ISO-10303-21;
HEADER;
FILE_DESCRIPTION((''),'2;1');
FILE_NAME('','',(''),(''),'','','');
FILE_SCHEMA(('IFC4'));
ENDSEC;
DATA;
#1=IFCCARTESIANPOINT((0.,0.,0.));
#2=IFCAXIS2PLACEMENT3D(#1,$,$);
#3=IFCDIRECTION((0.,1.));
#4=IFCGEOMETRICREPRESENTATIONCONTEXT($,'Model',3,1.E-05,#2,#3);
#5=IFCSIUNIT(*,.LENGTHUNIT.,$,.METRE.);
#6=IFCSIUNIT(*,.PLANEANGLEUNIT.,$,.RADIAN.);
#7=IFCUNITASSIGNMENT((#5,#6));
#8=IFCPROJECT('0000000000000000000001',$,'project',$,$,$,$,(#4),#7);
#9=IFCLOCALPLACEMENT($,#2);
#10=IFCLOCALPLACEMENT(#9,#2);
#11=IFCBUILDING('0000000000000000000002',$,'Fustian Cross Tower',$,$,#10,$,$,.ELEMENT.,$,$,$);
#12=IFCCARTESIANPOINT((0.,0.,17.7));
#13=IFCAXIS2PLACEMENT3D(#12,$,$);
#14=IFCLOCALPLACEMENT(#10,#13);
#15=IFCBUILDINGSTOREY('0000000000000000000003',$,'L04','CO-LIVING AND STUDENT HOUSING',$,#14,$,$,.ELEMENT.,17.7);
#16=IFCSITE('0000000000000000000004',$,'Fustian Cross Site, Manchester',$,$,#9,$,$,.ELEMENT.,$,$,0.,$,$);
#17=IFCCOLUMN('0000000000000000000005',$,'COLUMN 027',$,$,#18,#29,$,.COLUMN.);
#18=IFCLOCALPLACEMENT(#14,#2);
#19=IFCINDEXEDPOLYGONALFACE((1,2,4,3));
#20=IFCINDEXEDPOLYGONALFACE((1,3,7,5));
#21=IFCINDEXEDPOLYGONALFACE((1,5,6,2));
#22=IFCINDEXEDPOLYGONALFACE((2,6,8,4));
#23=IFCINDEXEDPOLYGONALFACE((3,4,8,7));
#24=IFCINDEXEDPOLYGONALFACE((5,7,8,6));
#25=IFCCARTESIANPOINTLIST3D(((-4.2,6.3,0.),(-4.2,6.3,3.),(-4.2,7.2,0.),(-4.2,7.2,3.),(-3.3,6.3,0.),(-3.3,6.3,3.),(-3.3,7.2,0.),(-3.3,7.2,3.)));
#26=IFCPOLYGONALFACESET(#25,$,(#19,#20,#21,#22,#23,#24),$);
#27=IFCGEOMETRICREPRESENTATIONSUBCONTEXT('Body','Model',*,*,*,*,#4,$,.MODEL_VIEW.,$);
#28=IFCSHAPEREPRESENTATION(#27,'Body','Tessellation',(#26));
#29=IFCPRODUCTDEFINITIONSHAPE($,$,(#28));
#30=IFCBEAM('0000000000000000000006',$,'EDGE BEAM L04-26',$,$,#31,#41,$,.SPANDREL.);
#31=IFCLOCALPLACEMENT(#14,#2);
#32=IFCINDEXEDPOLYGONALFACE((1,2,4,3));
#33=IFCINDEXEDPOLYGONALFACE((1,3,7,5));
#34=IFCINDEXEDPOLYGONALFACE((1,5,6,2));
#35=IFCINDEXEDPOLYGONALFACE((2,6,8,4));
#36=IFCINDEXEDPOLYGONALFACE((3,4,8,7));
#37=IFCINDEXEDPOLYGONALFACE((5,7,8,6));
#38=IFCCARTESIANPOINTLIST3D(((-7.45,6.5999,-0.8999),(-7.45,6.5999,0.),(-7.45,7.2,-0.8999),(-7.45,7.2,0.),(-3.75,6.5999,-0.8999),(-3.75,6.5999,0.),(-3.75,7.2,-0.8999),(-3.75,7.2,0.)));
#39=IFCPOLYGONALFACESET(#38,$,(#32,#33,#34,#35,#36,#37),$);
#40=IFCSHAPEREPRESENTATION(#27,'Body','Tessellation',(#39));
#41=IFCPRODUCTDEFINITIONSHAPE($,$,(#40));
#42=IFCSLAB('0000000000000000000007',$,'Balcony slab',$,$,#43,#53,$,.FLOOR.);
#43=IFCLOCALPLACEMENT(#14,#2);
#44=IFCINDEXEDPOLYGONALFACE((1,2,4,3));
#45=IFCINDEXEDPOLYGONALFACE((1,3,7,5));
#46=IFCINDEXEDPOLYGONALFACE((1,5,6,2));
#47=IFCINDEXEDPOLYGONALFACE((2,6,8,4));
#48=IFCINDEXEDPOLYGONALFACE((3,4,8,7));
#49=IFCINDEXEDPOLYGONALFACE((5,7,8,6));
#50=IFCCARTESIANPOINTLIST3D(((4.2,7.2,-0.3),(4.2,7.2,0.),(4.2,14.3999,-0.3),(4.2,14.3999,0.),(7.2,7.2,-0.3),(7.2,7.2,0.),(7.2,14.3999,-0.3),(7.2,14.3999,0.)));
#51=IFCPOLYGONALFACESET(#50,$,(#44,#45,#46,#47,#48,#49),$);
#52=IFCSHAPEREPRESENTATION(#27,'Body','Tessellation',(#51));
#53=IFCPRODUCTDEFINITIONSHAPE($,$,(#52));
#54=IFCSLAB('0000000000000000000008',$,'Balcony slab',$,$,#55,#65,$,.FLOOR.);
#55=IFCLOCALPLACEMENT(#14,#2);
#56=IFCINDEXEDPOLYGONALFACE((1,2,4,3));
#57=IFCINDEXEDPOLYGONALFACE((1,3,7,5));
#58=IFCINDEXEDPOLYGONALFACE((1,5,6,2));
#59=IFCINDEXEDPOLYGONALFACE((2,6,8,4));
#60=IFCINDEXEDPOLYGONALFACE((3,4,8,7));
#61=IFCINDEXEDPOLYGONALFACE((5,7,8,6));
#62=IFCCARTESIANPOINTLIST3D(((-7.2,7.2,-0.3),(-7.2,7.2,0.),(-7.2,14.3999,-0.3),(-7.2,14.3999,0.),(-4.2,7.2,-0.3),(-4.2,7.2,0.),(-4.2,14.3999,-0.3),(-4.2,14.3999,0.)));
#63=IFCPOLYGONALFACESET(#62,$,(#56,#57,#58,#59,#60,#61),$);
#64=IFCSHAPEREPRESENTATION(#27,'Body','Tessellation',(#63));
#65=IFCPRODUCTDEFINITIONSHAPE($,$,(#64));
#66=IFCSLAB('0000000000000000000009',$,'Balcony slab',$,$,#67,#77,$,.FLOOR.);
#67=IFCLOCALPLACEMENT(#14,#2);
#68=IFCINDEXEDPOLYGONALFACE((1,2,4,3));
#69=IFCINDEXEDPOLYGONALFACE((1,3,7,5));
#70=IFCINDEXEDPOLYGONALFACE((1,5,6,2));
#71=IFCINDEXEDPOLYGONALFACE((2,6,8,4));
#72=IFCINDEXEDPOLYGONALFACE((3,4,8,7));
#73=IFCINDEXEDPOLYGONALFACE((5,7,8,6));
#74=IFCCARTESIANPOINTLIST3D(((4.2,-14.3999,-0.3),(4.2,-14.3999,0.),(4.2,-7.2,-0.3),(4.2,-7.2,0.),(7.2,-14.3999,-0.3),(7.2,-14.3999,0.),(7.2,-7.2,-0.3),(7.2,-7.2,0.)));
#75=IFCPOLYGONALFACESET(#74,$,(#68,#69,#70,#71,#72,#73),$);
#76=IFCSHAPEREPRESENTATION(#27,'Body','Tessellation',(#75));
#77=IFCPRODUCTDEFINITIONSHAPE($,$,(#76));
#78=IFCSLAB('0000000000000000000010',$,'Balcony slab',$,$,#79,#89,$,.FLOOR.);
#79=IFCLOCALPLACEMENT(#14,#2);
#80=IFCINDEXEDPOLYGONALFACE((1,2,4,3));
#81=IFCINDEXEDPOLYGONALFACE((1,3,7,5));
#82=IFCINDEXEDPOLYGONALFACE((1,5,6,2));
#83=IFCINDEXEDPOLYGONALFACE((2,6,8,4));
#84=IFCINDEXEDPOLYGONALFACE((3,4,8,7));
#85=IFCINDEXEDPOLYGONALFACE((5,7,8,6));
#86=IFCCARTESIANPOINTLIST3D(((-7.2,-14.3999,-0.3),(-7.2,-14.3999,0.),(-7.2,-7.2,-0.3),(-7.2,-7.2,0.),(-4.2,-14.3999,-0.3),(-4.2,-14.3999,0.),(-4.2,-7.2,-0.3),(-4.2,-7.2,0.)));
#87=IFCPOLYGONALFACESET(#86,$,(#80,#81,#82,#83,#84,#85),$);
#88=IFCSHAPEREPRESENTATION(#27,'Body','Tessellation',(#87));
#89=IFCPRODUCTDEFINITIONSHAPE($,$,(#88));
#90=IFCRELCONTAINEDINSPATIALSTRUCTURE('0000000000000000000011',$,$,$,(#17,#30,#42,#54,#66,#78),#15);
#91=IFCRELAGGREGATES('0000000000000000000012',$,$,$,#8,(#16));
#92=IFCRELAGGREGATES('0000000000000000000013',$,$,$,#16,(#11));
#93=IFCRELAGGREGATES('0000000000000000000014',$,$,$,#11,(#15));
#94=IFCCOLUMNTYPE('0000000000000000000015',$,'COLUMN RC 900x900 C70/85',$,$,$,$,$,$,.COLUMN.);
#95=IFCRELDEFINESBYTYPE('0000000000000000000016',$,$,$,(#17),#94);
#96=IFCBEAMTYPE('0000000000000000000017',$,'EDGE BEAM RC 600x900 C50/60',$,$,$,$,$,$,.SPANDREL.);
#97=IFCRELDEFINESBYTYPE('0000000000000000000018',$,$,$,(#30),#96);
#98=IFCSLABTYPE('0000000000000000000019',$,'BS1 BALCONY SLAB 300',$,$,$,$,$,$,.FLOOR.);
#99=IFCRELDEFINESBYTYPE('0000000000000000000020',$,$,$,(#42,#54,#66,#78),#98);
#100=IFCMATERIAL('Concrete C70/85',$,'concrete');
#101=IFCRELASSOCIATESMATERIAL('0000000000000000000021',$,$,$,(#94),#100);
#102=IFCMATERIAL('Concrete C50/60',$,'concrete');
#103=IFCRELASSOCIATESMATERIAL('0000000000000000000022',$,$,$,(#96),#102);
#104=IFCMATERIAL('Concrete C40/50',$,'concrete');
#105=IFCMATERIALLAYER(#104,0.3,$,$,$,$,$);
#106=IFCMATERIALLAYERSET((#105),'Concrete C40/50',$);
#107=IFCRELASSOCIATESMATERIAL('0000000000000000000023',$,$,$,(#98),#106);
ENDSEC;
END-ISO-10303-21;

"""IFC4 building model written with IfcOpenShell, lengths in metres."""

from ifc_helpers import new_model, si_unit, direction, frame, origin, origin_2d, place, context, subcontext, project, spatial, polyline, rectangle, outline, extrude, material, layer, layer_set, material_profile, profile_set, type_object, element, save


model = new_model("IFC4")

# Units and contexts
model_context = context("Model", 3, precision=1e-05, world=origin(), true_north=direction((0.0, 1.0)))
body_context = subcontext(model_context, "Body", "Model", "MODEL_VIEW")
ifc_project = project(units=[si_unit("LENGTHUNIT", "METRE"), si_unit("PLANEANGLEUNIT", "RADIAN")], contexts=[model_context])

# Site, building, storey
site_placement = place(None, origin())
site = spatial("IfcSite", under=ifc_project, at=site_placement, Name="Fustian Cross Site, Manchester", CompositionType="ELEMENT", RefElevation=0.0)
building_placement = place(site_placement, origin())
building = spatial("IfcBuilding", under=site, at=building_placement, Name="Fustian Cross Tower", CompositionType="ELEMENT")
storey_placement = place(building_placement, frame((0.0, 0.0, 17.7)))
storey = spatial("IfcBuildingStorey", under=building, at=storey_placement, Name="L04", Description="CO-LIVING AND STUDENT HOUSING", CompositionType="ELEMENT", Elevation=17.7)

# Column
ifc_material_1 = material(Name="Concrete C70/85", Category="concrete")
ifc_material_profile_1 = material_profile(ifc_material_1, rectangle(XDim=0.8999, YDim=0.8999, at=origin_2d()), Name="RC 900x900")
ifc_profile_set_1 = profile_set([ifc_material_profile_1], Name="Concrete C70/85")
column_type = type_object("IfcColumnType", Name="COLUMN RC 900x900 C70/85", PredefinedType="COLUMN", material=ifc_profile_set_1)
column_placement = place(storey_placement, frame((-3.75, 6.75, 0.0), z_axis=(0.0, 0.0, 1.0), x_axis=(1.0, 0.0, 0.0)))
element("IfcColumn", 1, at=column_placement, inside=storey, type_object=column_type, Name="COLUMN 027", PredefinedType="COLUMN", context=body_context, shape_type="SweptSolid", body=[
    extrude(rectangle(XDim=0.8999, YDim=0.8999, at=origin_2d()), origin(), (0.0, 0.0, 1.0), 3.0),
])

# Beam
ifc_material_2 = material(Name="Concrete C50/60", Category="concrete")
ifc_material_profile_2 = material_profile(ifc_material_2, rectangle(XDim=0.6001, YDim=0.8999, at=origin_2d()), Name="RC 600x900")
ifc_profile_set_2 = profile_set([ifc_material_profile_2], Name="Concrete C50/60")
beam_type = type_object("IfcBeamType", Name="EDGE BEAM RC 600x900 C50/60", PredefinedType="SPANDREL", material=ifc_profile_set_2)
beam_placement = place(storey_placement, frame((-3.75, 6.8999, -0.45), z_axis=(-1.0, 0.0, 0.0), x_axis=(0.0, -1.0, 0.0)))
element("IfcBeam", 2, at=beam_placement, inside=storey, type_object=beam_type, Name="EDGE BEAM L04-26", PredefinedType="SPANDREL", context=body_context, shape_type="SweptSolid", body=[
    extrude(rectangle(XDim=0.6001, YDim=0.8999, at=origin_2d()), origin(), (0.0, 0.0, 1.0), 3.7),
])

# Slabs
ifc_material_3 = material(Name="Concrete C40/50", Category="concrete")
ifc_layer_1 = layer(ifc_material_3, 0.3)
ifc_layer_set_1 = layer_set([ifc_layer_1], Name="Concrete C40/50")
slab_type_1 = type_object("IfcSlabType", Name="BS1 BALCONY SLAB 300", PredefinedType="FLOOR", material=ifc_layer_set_1)
slab_1_placement = place(storey_placement, frame((0.0, 0.0, -0.3)))
element("IfcSlab", 3, at=slab_1_placement, inside=storey, type_object=slab_type_1, Name="Balcony slab", PredefinedType="FLOOR", context=body_context, shape_type="SweptSolid", body=[
    extrude(outline(polyline([(4.2, 7.2), (7.2, 7.2), (7.2, 14.3999), (4.2, 14.3999), (4.2, 7.2)])), origin(), (0.0, 0.0, 1.0), 0.3),
])
slab_2_placement = place(storey_placement, frame((0.0, 0.0, -0.3)))
element("IfcSlab", 4, at=slab_2_placement, inside=storey, type_object=slab_type_1, Name="Balcony slab", PredefinedType="FLOOR", context=body_context, shape_type="SweptSolid", body=[
    extrude(outline(polyline([(-7.2, 7.2), (-4.2, 7.2), (-4.2, 14.3999), (-7.2, 14.3999), (-7.2, 7.2)])), origin(), (0.0, 0.0, 1.0), 0.3),
])
slab_3_placement = place(storey_placement, frame((0.0, 0.0, -0.3)))
element("IfcSlab", 5, at=slab_3_placement, inside=storey, type_object=slab_type_1, Name="Balcony slab", PredefinedType="FLOOR", context=body_context, shape_type="SweptSolid", body=[
    extrude(outline(polyline([(4.2, -14.3999), (7.2, -14.3999), (7.2, -7.2), (4.2, -7.2), (4.2, -14.3999)])), origin(), (0.0, 0.0, 1.0), 0.3),
])
slab_4_placement = place(storey_placement, frame((0.0, 0.0, -0.3)))
element("IfcSlab", 6, at=slab_4_placement, inside=storey, type_object=slab_type_1, Name="Balcony slab", PredefinedType="FLOOR", context=body_context, shape_type="SweptSolid", body=[
    extrude(outline(polyline([(-7.2, -14.3999), (-4.2, -14.3999), (-4.2, -7.2), (-7.2, -7.2), (-7.2, -14.3999)])), origin(), (0.0, 0.0, 1.0), 0.3),
])

save(model, "model.ifc")
